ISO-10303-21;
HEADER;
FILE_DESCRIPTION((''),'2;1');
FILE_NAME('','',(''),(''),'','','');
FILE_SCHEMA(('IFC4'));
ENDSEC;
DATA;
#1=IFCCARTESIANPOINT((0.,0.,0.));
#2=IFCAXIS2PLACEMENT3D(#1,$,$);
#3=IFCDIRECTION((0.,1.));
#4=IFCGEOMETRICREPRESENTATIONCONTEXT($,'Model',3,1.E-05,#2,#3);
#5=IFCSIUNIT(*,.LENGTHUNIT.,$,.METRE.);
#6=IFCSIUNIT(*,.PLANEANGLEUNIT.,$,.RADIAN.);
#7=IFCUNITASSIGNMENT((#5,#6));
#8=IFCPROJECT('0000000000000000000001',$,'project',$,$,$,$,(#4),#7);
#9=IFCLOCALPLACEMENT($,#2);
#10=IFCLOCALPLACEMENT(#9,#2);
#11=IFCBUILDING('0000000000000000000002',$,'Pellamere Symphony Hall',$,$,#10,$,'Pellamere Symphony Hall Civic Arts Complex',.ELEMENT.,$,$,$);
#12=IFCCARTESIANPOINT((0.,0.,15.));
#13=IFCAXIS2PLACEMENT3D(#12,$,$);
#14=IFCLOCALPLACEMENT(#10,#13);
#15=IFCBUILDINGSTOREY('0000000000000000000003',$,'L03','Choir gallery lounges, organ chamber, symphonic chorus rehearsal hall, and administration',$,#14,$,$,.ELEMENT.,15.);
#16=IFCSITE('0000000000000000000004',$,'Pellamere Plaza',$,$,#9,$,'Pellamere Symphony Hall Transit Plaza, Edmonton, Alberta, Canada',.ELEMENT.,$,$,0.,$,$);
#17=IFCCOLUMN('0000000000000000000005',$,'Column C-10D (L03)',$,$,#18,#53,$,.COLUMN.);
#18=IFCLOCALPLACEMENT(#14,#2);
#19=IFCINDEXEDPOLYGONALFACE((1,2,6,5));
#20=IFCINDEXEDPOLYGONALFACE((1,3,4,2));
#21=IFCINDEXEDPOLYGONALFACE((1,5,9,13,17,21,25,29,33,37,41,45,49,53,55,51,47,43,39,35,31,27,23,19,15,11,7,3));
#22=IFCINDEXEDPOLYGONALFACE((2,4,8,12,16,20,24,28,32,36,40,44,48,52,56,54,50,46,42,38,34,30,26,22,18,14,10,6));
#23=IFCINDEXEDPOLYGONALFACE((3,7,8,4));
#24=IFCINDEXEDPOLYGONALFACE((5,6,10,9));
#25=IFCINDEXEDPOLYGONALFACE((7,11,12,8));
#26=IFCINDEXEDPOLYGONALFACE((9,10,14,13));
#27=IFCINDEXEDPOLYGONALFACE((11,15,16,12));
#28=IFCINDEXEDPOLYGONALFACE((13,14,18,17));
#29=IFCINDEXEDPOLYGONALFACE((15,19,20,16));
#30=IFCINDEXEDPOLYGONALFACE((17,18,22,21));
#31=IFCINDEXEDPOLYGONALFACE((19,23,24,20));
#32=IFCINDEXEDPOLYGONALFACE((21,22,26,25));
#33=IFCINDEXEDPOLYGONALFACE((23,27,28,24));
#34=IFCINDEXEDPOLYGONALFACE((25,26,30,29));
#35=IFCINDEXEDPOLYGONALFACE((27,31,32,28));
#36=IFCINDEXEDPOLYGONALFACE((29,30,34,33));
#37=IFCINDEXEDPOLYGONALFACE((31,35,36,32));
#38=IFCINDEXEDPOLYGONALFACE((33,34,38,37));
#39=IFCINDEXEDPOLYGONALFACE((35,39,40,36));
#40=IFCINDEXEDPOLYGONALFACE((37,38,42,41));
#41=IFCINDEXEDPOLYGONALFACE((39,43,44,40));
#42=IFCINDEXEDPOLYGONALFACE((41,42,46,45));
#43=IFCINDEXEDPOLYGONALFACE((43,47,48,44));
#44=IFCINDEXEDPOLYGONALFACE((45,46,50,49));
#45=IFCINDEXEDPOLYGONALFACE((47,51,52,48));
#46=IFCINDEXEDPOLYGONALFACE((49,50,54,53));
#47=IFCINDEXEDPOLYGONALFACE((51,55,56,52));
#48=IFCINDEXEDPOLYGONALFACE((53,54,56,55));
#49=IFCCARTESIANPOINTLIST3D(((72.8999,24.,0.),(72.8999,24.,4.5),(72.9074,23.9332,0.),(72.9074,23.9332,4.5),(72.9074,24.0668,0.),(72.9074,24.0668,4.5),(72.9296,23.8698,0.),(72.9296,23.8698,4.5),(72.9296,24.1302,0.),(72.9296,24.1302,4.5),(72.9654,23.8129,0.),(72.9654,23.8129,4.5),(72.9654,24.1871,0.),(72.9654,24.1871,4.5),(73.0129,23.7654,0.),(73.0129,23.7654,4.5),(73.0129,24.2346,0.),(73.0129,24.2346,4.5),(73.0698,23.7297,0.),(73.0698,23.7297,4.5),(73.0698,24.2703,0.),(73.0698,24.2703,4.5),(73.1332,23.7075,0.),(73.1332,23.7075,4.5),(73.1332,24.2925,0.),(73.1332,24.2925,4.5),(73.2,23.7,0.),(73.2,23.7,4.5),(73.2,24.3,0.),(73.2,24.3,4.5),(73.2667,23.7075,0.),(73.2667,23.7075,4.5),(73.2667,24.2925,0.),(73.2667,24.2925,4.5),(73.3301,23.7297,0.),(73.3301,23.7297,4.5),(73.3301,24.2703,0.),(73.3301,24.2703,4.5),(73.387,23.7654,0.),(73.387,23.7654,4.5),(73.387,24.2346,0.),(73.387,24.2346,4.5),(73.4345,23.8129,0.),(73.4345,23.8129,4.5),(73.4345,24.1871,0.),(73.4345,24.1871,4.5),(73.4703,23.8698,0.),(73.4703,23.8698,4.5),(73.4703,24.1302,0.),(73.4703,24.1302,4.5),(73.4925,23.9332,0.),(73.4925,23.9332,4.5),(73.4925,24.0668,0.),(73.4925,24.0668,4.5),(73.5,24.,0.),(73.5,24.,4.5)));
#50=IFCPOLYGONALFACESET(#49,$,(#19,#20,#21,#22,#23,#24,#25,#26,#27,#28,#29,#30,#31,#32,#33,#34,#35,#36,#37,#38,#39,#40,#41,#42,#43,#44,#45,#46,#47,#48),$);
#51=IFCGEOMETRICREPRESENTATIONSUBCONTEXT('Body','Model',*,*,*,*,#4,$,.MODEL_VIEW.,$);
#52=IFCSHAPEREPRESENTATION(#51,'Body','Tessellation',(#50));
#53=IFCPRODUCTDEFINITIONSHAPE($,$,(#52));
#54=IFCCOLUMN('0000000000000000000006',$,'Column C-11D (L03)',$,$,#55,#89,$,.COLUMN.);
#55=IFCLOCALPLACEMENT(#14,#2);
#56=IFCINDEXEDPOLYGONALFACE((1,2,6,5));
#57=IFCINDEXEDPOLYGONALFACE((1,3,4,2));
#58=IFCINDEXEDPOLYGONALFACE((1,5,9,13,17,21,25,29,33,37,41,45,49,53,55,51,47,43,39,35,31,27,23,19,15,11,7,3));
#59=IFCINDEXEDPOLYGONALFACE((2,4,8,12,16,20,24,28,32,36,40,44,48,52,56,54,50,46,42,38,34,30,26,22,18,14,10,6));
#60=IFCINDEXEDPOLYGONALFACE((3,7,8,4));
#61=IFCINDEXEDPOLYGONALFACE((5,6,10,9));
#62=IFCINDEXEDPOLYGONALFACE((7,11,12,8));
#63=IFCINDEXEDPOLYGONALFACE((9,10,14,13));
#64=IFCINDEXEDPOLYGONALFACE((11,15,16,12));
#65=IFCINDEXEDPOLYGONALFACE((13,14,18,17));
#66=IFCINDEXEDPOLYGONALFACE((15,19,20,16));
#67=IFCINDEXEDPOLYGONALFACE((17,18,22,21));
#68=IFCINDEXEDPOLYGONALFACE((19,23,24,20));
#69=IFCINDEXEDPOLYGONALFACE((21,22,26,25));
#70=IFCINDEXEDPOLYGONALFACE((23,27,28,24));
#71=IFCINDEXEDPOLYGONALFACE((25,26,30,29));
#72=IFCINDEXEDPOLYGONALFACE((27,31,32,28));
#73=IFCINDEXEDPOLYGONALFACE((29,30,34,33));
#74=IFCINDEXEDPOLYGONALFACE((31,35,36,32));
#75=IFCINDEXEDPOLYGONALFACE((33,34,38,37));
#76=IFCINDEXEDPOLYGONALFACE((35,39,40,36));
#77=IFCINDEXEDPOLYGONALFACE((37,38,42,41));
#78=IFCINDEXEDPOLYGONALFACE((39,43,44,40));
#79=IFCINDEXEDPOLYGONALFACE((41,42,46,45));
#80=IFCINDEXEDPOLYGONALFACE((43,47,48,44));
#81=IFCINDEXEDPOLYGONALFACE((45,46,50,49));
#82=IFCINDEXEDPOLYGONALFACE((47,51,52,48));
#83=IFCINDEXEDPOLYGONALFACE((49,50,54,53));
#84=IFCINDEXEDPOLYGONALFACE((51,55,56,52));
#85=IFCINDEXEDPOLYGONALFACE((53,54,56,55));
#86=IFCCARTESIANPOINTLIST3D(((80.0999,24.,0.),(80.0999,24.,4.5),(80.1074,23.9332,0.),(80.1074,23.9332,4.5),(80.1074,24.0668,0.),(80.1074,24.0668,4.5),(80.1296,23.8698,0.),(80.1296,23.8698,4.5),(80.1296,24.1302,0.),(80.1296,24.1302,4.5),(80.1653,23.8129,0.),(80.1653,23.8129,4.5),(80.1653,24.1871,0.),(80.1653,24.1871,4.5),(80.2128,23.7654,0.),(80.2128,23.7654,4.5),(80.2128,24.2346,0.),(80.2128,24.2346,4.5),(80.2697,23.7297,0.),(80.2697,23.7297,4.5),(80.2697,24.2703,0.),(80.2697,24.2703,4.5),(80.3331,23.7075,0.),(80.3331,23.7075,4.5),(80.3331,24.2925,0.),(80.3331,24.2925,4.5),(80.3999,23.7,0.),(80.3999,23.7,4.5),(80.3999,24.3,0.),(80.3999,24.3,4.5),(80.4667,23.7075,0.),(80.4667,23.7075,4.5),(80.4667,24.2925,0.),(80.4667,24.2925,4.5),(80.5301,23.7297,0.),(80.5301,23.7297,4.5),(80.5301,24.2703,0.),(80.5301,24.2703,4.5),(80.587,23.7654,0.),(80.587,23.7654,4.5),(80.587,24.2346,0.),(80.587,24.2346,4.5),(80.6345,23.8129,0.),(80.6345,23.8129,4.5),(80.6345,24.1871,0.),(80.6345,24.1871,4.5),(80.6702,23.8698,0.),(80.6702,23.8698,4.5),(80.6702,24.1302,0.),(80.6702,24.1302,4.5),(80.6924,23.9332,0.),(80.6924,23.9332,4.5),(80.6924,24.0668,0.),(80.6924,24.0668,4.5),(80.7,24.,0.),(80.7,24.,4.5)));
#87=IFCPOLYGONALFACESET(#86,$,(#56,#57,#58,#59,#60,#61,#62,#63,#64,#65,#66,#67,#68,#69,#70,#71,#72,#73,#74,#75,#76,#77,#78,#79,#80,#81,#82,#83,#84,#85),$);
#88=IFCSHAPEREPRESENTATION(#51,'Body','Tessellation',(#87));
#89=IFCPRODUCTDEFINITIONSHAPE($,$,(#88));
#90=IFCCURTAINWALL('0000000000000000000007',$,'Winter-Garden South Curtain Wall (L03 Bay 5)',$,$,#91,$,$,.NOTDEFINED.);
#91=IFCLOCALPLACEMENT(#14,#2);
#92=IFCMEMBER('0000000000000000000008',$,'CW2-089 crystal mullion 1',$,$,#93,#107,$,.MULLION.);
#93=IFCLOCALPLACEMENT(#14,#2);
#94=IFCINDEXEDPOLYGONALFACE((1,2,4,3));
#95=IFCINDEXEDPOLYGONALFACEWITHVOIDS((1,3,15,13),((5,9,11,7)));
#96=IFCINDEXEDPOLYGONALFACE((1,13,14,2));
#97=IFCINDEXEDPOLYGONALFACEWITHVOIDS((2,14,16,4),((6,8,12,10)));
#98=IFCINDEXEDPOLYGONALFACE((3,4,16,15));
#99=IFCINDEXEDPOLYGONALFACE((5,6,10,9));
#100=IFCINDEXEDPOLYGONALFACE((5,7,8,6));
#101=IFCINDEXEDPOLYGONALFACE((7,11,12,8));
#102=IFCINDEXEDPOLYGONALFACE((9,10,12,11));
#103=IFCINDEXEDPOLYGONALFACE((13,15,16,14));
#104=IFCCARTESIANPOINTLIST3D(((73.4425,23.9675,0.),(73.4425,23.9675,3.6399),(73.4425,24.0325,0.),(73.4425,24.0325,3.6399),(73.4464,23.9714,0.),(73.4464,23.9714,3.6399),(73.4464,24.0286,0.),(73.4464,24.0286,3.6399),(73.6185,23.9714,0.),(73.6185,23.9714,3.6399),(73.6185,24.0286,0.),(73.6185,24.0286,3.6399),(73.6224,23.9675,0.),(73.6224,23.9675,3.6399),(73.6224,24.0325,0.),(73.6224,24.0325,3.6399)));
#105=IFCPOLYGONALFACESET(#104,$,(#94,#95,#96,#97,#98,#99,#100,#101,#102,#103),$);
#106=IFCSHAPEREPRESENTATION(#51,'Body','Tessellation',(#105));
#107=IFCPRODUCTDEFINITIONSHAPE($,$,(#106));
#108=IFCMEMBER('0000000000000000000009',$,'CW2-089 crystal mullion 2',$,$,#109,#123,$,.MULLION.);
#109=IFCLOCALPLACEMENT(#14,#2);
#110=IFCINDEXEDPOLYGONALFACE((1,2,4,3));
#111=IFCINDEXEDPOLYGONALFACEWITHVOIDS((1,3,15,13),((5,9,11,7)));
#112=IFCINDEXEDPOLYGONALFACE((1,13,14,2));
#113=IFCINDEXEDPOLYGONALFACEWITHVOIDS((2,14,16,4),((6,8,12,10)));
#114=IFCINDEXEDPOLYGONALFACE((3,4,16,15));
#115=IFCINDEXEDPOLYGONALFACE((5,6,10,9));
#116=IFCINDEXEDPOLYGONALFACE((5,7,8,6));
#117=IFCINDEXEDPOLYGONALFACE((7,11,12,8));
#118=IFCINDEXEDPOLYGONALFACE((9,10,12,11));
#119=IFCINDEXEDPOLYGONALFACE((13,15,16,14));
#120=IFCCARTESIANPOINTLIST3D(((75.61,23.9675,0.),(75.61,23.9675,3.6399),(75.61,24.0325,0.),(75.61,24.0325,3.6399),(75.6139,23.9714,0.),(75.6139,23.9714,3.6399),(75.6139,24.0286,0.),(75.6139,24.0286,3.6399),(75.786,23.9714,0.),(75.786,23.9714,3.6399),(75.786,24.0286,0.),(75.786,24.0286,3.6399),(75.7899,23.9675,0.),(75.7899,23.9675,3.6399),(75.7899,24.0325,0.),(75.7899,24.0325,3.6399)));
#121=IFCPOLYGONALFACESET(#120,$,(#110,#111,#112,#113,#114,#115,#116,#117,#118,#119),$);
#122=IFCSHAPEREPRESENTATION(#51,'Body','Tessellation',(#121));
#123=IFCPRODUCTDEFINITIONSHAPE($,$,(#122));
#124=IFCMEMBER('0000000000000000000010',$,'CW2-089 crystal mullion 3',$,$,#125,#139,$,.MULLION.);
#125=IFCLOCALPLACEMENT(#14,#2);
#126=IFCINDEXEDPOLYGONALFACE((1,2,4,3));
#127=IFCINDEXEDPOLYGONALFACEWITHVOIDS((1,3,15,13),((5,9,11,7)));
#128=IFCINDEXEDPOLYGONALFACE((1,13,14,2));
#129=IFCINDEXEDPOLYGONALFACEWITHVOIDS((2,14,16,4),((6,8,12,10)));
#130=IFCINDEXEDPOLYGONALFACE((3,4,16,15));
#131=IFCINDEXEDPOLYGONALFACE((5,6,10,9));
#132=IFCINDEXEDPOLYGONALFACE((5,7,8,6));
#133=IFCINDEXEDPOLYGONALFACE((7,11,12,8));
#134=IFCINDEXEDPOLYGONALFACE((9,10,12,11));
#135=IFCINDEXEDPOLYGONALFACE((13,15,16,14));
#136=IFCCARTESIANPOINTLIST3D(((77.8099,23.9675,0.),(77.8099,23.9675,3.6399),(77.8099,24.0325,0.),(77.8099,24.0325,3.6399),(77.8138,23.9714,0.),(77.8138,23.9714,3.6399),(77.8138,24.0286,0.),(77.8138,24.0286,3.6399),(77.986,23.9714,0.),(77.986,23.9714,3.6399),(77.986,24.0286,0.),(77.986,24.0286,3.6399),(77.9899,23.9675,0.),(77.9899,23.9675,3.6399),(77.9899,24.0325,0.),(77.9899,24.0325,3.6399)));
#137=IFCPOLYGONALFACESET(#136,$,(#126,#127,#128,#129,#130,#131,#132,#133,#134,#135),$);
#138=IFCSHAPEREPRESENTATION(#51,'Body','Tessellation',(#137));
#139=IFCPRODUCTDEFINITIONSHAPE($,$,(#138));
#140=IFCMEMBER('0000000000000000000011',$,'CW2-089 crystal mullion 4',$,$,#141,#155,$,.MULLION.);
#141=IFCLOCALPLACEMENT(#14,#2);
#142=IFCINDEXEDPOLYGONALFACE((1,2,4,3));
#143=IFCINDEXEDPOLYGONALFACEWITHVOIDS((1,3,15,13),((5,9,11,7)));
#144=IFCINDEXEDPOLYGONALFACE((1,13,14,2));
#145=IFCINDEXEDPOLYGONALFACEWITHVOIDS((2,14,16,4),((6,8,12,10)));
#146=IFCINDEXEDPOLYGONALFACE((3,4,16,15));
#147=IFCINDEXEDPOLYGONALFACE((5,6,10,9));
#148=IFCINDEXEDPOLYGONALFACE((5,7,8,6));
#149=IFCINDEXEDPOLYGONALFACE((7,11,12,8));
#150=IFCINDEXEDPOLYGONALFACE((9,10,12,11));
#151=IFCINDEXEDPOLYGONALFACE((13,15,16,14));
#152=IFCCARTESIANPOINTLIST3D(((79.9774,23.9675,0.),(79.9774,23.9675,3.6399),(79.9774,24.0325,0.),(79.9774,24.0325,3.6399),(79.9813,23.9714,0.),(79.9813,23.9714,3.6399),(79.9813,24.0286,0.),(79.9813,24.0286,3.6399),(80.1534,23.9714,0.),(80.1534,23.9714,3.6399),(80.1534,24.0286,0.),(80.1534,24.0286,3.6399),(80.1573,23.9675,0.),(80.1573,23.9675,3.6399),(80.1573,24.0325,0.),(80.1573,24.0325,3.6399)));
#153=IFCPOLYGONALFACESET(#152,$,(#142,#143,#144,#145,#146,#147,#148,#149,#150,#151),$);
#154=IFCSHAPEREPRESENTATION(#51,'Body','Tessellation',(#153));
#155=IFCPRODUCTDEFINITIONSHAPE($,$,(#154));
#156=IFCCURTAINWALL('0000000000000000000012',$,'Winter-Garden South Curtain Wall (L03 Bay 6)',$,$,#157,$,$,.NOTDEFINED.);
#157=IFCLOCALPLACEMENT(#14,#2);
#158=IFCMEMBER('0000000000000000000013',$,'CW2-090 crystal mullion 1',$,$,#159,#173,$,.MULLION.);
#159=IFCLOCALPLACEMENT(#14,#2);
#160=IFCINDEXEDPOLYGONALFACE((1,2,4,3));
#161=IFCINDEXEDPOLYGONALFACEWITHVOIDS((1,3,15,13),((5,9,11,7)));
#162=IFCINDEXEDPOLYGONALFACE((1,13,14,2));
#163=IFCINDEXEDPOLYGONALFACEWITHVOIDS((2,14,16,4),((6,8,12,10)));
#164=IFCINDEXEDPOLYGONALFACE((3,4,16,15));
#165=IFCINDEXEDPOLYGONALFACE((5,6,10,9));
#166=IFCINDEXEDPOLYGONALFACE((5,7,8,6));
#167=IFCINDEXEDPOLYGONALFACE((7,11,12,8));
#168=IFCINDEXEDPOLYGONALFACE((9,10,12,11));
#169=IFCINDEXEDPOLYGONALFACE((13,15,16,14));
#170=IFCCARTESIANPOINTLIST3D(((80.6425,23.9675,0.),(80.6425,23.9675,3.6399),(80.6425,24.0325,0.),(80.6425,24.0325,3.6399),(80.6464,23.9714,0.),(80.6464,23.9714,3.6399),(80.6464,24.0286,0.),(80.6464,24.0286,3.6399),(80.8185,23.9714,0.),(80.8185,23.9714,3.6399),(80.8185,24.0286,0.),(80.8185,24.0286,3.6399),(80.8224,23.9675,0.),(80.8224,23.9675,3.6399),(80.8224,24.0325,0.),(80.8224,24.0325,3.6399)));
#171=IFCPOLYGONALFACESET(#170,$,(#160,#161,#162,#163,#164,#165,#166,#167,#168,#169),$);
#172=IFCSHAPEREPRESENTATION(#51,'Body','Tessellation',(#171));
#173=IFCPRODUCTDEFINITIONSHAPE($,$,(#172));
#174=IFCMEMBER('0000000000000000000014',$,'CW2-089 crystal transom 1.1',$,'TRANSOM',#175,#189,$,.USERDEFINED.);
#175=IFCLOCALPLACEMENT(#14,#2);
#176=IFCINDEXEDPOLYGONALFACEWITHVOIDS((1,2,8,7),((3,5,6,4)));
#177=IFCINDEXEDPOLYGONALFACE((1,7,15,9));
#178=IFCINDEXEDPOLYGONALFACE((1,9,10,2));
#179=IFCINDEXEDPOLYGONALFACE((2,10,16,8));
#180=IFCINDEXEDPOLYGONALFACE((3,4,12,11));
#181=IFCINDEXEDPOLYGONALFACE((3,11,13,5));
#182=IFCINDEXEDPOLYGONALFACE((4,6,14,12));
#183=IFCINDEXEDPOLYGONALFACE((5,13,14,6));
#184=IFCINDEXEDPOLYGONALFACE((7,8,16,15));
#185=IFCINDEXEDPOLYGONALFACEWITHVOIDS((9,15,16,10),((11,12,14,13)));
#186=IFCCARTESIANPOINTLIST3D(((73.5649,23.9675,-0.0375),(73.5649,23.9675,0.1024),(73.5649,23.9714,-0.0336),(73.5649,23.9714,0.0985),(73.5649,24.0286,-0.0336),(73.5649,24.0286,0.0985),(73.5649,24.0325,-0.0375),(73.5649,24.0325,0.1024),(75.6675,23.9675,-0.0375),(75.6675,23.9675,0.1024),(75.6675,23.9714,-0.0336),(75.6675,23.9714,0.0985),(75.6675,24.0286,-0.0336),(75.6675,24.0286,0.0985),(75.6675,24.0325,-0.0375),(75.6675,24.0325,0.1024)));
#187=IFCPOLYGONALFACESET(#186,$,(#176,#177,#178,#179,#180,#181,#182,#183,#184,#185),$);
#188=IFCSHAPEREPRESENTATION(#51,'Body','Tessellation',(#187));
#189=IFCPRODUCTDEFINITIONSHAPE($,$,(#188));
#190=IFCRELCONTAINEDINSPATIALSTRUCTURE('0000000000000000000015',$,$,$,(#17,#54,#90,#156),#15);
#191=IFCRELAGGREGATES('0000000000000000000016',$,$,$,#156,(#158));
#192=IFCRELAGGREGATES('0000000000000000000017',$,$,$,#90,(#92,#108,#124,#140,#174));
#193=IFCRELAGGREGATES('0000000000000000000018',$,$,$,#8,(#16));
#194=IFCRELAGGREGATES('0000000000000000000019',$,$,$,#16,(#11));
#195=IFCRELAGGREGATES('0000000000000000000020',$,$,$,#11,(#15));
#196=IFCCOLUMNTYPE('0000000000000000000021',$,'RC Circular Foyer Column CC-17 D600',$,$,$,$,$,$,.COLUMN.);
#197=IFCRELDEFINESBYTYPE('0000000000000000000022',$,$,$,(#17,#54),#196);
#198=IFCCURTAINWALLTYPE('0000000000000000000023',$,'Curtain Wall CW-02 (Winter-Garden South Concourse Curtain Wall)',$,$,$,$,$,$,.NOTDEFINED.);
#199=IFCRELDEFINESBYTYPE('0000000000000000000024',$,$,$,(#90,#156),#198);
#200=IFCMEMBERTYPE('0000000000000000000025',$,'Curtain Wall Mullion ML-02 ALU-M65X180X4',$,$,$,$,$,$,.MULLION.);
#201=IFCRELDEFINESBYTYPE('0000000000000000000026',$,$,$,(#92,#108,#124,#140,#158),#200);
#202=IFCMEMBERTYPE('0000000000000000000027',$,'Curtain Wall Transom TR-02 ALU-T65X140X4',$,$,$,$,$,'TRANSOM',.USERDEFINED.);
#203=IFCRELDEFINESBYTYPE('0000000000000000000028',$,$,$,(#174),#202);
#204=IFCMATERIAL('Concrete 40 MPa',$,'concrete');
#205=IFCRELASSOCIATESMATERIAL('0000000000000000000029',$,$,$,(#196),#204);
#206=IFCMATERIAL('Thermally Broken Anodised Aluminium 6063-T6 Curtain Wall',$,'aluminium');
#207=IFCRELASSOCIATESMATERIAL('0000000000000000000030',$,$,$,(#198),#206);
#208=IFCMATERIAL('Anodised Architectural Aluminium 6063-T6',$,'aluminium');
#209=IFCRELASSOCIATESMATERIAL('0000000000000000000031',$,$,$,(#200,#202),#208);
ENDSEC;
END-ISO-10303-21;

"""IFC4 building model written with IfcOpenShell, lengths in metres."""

from ifc_helpers import new_model, si_unit, direction, frame, origin, origin_2d, place, context, subcontext, project, spatial, hollow_rectangle, circle, extrude, material, material_profile, profile_set, type_object, element, aggregate, save


model = new_model("IFC4")

# Units and contexts
model_context = context("Model", 3, precision=1e-05, world=origin(), true_north=direction((0.0, 1.0)))
body_context = subcontext(model_context, "Body", "Model", "MODEL_VIEW")
ifc_project = project(units=[si_unit("LENGTHUNIT", "METRE"), si_unit("PLANEANGLEUNIT", "RADIAN")], contexts=[model_context])

# Site, building, storey
site_placement = place(None, origin())
site = spatial("IfcSite", under=ifc_project, at=site_placement, Name="Pellamere Plaza", LongName="Pellamere Symphony Hall Transit Plaza, Edmonton, Alberta, Canada", CompositionType="ELEMENT", RefElevation=0.0)
building_placement = place(site_placement, origin())
building = spatial("IfcBuilding", under=site, at=building_placement, Name="Pellamere Symphony Hall", LongName="Pellamere Symphony Hall Civic Arts Complex", CompositionType="ELEMENT")
storey_placement = place(building_placement, frame((0.0, 0.0, 15.0)))
storey = spatial("IfcBuildingStorey", under=building, at=storey_placement, Name="L03", Description="Choir gallery lounges, organ chamber, symphonic chorus rehearsal hall, and administration", CompositionType="ELEMENT", Elevation=15.0)

# Columns
ifc_material_1 = material(Name="Concrete 40 MPa", Category="concrete")
ifc_material_profile_1 = material_profile(ifc_material_1, circle(Radius=0.3, at=origin_2d()), Name="RCCOL D600")
ifc_profile_set_1 = profile_set([ifc_material_profile_1], Name="Concrete 40 MPa")
column_type = type_object("IfcColumnType", Name="RC Circular Foyer Column CC-17 D600", PredefinedType="COLUMN", material=ifc_profile_set_1)
for number, where, z_axis, x_axis, name in (
    (1, (73.2, 24.0, 0.0), (0.0, 0.0, 1.0), (1.0, 0.0, 0.0), "Column C-10D (L03)"),
    (2, (80.3999, 24.0, 0.0), (0.0, 0.0, 1.0), (1.0, 0.0, 0.0), "Column C-11D (L03)"),
):
    element("IfcColumn", number, at=place(storey_placement, frame(where, z_axis=z_axis, x_axis=x_axis)), inside=storey, type_object=column_type, Name=name, PredefinedType="COLUMN", context=body_context, shape_type="SweptSolid", body=[
        extrude(circle(Radius=0.3, at=origin_2d()), origin(), (0.0, 0.0, 1.0), 4.5),
    ])

# Curtain wall, members
ifc_material_2 = material(Name="Thermally Broken Anodised Aluminium 6063-T6 Curtain Wall", Category="aluminium")
curtain_wall_type = type_object("IfcCurtainWallType", Name="Curtain Wall CW-02 (Winter-Garden South Concourse Curtain Wall)", PredefinedType="NOTDEFINED", material=ifc_material_2)
curtain_wall_1_placement = place(storey_placement, origin())
curtain_wall_1 = element("IfcCurtainWall", 3, at=curtain_wall_1_placement, inside=storey, type_object=curtain_wall_type, Name="Winter-Garden South Curtain Wall (L03 Bay 5)", PredefinedType="NOTDEFINED")
ifc_material_3 = material(Name="Anodised Architectural Aluminium 6063-T6", Category="aluminium")
ifc_material_profile_2 = material_profile(ifc_material_3, hollow_rectangle(XDim=0.0649, YDim=0.1799, WallThickness=0.0039, at=origin_2d()), Name="ALU-M65X180X4")
ifc_profile_set_2 = profile_set([ifc_material_profile_2], Name="Anodised Architectural Aluminium 6063-T6")
member_type_1 = type_object("IfcMemberType", Name="Curtain Wall Mullion ML-02 ALU-M65X180X4", PredefinedType="MULLION", material=ifc_profile_set_2)
member_1_placement = place(storey_placement, frame((73.5325, 24.0, 0.0), z_axis=(0.0, 0.0, 1.0), x_axis=(0.0, 1.0, 0.0)))
member_1 = element("IfcMember", 4, at=member_1_placement, type_object=member_type_1, Name="CW2-089 crystal mullion 1", PredefinedType="MULLION", context=body_context, shape_type="SweptSolid", body=[
    extrude(hollow_rectangle(XDim=0.0649, YDim=0.1799, WallThickness=0.0039, at=origin_2d()), origin(), (0.0, 0.0, 1.0), 3.6399),
])
member_2_placement = place(storey_placement, frame((75.7, 24.0, 0.0), z_axis=(0.0, 0.0, 1.0), x_axis=(0.0, 1.0, 0.0)))
member_2 = element("IfcMember", 5, at=member_2_placement, type_object=member_type_1, Name="CW2-089 crystal mullion 2", PredefinedType="MULLION", context=body_context, shape_type="SweptSolid", body=[
    extrude(hollow_rectangle(XDim=0.0649, YDim=0.1799, WallThickness=0.0039, at=origin_2d()), origin(), (0.0, 0.0, 1.0), 3.6399),
])
member_3_placement = place(storey_placement, frame((77.8999, 24.0, 0.0), z_axis=(0.0, 0.0, 1.0), x_axis=(0.0, 1.0, 0.0)))
member_3 = element("IfcMember", 6, at=member_3_placement, type_object=member_type_1, Name="CW2-089 crystal mullion 3", PredefinedType="MULLION", context=body_context, shape_type="SweptSolid", body=[
    extrude(hollow_rectangle(XDim=0.0649, YDim=0.1799, WallThickness=0.0039, at=origin_2d()), origin(), (0.0, 0.0, 1.0), 3.6399),
])
member_4_placement = place(storey_placement, frame((80.0674, 24.0, 0.0), z_axis=(0.0, 0.0, 1.0), x_axis=(0.0, 1.0, 0.0)))
member_4 = element("IfcMember", 7, at=member_4_placement, type_object=member_type_1, Name="CW2-089 crystal mullion 4", PredefinedType="MULLION", context=body_context, shape_type="SweptSolid", body=[
    extrude(hollow_rectangle(XDim=0.0649, YDim=0.1799, WallThickness=0.0039, at=origin_2d()), origin(), (0.0, 0.0, 1.0), 3.6399),
])

# Curtain wall, member
curtain_wall_2_placement = place(storey_placement, origin())
curtain_wall_2 = element("IfcCurtainWall", 8, at=curtain_wall_2_placement, inside=storey, type_object=curtain_wall_type, Name="Winter-Garden South Curtain Wall (L03 Bay 6)", PredefinedType="NOTDEFINED")
member_5_placement = place(storey_placement, frame((80.7324, 24.0, 0.0), z_axis=(0.0, 0.0, 1.0), x_axis=(0.0, 1.0, 0.0)))
member_5 = element("IfcMember", 9, at=member_5_placement, type_object=member_type_1, Name="CW2-090 crystal mullion 1", PredefinedType="MULLION", context=body_context, shape_type="SweptSolid", body=[
    extrude(hollow_rectangle(XDim=0.0649, YDim=0.1799, WallThickness=0.0039, at=origin_2d()), origin(), (0.0, 0.0, 1.0), 3.6399),
])

# Member
ifc_material_profile_3 = material_profile(ifc_material_3, hollow_rectangle(XDim=0.0649, YDim=0.1399, WallThickness=0.0039, at=origin_2d()), Name="ALU-T65X140X4")
ifc_profile_set_3 = profile_set([ifc_material_profile_3], Name="Anodised Architectural Aluminium 6063-T6")
member_type_2 = type_object("IfcMemberType", Name="Curtain Wall Transom TR-02 ALU-T65X140X4", ElementType="TRANSOM", PredefinedType="USERDEFINED", material=ifc_profile_set_3)
member_6_placement = place(storey_placement, frame((73.5649, 24.0, 0.0325), z_axis=(1.0, 0.0, 0.0), x_axis=(0.0, 1.0, 0.0)))
member_6 = element("IfcMember", 10, at=member_6_placement, type_object=member_type_2, Name="CW2-089 crystal transom 1.1", ObjectType="TRANSOM", PredefinedType="USERDEFINED", context=body_context, shape_type="SweptSolid", body=[
    extrude(hollow_rectangle(XDim=0.0649, YDim=0.1399, WallThickness=0.0039, at=origin_2d()), origin(), (0.0, 0.0, 1.0), 2.1025),
])
aggregate(curtain_wall_2, [member_5])

aggregate(curtain_wall_1, [member_1, member_2, member_3, member_4, member_6])

save(model, "model.ifc")
